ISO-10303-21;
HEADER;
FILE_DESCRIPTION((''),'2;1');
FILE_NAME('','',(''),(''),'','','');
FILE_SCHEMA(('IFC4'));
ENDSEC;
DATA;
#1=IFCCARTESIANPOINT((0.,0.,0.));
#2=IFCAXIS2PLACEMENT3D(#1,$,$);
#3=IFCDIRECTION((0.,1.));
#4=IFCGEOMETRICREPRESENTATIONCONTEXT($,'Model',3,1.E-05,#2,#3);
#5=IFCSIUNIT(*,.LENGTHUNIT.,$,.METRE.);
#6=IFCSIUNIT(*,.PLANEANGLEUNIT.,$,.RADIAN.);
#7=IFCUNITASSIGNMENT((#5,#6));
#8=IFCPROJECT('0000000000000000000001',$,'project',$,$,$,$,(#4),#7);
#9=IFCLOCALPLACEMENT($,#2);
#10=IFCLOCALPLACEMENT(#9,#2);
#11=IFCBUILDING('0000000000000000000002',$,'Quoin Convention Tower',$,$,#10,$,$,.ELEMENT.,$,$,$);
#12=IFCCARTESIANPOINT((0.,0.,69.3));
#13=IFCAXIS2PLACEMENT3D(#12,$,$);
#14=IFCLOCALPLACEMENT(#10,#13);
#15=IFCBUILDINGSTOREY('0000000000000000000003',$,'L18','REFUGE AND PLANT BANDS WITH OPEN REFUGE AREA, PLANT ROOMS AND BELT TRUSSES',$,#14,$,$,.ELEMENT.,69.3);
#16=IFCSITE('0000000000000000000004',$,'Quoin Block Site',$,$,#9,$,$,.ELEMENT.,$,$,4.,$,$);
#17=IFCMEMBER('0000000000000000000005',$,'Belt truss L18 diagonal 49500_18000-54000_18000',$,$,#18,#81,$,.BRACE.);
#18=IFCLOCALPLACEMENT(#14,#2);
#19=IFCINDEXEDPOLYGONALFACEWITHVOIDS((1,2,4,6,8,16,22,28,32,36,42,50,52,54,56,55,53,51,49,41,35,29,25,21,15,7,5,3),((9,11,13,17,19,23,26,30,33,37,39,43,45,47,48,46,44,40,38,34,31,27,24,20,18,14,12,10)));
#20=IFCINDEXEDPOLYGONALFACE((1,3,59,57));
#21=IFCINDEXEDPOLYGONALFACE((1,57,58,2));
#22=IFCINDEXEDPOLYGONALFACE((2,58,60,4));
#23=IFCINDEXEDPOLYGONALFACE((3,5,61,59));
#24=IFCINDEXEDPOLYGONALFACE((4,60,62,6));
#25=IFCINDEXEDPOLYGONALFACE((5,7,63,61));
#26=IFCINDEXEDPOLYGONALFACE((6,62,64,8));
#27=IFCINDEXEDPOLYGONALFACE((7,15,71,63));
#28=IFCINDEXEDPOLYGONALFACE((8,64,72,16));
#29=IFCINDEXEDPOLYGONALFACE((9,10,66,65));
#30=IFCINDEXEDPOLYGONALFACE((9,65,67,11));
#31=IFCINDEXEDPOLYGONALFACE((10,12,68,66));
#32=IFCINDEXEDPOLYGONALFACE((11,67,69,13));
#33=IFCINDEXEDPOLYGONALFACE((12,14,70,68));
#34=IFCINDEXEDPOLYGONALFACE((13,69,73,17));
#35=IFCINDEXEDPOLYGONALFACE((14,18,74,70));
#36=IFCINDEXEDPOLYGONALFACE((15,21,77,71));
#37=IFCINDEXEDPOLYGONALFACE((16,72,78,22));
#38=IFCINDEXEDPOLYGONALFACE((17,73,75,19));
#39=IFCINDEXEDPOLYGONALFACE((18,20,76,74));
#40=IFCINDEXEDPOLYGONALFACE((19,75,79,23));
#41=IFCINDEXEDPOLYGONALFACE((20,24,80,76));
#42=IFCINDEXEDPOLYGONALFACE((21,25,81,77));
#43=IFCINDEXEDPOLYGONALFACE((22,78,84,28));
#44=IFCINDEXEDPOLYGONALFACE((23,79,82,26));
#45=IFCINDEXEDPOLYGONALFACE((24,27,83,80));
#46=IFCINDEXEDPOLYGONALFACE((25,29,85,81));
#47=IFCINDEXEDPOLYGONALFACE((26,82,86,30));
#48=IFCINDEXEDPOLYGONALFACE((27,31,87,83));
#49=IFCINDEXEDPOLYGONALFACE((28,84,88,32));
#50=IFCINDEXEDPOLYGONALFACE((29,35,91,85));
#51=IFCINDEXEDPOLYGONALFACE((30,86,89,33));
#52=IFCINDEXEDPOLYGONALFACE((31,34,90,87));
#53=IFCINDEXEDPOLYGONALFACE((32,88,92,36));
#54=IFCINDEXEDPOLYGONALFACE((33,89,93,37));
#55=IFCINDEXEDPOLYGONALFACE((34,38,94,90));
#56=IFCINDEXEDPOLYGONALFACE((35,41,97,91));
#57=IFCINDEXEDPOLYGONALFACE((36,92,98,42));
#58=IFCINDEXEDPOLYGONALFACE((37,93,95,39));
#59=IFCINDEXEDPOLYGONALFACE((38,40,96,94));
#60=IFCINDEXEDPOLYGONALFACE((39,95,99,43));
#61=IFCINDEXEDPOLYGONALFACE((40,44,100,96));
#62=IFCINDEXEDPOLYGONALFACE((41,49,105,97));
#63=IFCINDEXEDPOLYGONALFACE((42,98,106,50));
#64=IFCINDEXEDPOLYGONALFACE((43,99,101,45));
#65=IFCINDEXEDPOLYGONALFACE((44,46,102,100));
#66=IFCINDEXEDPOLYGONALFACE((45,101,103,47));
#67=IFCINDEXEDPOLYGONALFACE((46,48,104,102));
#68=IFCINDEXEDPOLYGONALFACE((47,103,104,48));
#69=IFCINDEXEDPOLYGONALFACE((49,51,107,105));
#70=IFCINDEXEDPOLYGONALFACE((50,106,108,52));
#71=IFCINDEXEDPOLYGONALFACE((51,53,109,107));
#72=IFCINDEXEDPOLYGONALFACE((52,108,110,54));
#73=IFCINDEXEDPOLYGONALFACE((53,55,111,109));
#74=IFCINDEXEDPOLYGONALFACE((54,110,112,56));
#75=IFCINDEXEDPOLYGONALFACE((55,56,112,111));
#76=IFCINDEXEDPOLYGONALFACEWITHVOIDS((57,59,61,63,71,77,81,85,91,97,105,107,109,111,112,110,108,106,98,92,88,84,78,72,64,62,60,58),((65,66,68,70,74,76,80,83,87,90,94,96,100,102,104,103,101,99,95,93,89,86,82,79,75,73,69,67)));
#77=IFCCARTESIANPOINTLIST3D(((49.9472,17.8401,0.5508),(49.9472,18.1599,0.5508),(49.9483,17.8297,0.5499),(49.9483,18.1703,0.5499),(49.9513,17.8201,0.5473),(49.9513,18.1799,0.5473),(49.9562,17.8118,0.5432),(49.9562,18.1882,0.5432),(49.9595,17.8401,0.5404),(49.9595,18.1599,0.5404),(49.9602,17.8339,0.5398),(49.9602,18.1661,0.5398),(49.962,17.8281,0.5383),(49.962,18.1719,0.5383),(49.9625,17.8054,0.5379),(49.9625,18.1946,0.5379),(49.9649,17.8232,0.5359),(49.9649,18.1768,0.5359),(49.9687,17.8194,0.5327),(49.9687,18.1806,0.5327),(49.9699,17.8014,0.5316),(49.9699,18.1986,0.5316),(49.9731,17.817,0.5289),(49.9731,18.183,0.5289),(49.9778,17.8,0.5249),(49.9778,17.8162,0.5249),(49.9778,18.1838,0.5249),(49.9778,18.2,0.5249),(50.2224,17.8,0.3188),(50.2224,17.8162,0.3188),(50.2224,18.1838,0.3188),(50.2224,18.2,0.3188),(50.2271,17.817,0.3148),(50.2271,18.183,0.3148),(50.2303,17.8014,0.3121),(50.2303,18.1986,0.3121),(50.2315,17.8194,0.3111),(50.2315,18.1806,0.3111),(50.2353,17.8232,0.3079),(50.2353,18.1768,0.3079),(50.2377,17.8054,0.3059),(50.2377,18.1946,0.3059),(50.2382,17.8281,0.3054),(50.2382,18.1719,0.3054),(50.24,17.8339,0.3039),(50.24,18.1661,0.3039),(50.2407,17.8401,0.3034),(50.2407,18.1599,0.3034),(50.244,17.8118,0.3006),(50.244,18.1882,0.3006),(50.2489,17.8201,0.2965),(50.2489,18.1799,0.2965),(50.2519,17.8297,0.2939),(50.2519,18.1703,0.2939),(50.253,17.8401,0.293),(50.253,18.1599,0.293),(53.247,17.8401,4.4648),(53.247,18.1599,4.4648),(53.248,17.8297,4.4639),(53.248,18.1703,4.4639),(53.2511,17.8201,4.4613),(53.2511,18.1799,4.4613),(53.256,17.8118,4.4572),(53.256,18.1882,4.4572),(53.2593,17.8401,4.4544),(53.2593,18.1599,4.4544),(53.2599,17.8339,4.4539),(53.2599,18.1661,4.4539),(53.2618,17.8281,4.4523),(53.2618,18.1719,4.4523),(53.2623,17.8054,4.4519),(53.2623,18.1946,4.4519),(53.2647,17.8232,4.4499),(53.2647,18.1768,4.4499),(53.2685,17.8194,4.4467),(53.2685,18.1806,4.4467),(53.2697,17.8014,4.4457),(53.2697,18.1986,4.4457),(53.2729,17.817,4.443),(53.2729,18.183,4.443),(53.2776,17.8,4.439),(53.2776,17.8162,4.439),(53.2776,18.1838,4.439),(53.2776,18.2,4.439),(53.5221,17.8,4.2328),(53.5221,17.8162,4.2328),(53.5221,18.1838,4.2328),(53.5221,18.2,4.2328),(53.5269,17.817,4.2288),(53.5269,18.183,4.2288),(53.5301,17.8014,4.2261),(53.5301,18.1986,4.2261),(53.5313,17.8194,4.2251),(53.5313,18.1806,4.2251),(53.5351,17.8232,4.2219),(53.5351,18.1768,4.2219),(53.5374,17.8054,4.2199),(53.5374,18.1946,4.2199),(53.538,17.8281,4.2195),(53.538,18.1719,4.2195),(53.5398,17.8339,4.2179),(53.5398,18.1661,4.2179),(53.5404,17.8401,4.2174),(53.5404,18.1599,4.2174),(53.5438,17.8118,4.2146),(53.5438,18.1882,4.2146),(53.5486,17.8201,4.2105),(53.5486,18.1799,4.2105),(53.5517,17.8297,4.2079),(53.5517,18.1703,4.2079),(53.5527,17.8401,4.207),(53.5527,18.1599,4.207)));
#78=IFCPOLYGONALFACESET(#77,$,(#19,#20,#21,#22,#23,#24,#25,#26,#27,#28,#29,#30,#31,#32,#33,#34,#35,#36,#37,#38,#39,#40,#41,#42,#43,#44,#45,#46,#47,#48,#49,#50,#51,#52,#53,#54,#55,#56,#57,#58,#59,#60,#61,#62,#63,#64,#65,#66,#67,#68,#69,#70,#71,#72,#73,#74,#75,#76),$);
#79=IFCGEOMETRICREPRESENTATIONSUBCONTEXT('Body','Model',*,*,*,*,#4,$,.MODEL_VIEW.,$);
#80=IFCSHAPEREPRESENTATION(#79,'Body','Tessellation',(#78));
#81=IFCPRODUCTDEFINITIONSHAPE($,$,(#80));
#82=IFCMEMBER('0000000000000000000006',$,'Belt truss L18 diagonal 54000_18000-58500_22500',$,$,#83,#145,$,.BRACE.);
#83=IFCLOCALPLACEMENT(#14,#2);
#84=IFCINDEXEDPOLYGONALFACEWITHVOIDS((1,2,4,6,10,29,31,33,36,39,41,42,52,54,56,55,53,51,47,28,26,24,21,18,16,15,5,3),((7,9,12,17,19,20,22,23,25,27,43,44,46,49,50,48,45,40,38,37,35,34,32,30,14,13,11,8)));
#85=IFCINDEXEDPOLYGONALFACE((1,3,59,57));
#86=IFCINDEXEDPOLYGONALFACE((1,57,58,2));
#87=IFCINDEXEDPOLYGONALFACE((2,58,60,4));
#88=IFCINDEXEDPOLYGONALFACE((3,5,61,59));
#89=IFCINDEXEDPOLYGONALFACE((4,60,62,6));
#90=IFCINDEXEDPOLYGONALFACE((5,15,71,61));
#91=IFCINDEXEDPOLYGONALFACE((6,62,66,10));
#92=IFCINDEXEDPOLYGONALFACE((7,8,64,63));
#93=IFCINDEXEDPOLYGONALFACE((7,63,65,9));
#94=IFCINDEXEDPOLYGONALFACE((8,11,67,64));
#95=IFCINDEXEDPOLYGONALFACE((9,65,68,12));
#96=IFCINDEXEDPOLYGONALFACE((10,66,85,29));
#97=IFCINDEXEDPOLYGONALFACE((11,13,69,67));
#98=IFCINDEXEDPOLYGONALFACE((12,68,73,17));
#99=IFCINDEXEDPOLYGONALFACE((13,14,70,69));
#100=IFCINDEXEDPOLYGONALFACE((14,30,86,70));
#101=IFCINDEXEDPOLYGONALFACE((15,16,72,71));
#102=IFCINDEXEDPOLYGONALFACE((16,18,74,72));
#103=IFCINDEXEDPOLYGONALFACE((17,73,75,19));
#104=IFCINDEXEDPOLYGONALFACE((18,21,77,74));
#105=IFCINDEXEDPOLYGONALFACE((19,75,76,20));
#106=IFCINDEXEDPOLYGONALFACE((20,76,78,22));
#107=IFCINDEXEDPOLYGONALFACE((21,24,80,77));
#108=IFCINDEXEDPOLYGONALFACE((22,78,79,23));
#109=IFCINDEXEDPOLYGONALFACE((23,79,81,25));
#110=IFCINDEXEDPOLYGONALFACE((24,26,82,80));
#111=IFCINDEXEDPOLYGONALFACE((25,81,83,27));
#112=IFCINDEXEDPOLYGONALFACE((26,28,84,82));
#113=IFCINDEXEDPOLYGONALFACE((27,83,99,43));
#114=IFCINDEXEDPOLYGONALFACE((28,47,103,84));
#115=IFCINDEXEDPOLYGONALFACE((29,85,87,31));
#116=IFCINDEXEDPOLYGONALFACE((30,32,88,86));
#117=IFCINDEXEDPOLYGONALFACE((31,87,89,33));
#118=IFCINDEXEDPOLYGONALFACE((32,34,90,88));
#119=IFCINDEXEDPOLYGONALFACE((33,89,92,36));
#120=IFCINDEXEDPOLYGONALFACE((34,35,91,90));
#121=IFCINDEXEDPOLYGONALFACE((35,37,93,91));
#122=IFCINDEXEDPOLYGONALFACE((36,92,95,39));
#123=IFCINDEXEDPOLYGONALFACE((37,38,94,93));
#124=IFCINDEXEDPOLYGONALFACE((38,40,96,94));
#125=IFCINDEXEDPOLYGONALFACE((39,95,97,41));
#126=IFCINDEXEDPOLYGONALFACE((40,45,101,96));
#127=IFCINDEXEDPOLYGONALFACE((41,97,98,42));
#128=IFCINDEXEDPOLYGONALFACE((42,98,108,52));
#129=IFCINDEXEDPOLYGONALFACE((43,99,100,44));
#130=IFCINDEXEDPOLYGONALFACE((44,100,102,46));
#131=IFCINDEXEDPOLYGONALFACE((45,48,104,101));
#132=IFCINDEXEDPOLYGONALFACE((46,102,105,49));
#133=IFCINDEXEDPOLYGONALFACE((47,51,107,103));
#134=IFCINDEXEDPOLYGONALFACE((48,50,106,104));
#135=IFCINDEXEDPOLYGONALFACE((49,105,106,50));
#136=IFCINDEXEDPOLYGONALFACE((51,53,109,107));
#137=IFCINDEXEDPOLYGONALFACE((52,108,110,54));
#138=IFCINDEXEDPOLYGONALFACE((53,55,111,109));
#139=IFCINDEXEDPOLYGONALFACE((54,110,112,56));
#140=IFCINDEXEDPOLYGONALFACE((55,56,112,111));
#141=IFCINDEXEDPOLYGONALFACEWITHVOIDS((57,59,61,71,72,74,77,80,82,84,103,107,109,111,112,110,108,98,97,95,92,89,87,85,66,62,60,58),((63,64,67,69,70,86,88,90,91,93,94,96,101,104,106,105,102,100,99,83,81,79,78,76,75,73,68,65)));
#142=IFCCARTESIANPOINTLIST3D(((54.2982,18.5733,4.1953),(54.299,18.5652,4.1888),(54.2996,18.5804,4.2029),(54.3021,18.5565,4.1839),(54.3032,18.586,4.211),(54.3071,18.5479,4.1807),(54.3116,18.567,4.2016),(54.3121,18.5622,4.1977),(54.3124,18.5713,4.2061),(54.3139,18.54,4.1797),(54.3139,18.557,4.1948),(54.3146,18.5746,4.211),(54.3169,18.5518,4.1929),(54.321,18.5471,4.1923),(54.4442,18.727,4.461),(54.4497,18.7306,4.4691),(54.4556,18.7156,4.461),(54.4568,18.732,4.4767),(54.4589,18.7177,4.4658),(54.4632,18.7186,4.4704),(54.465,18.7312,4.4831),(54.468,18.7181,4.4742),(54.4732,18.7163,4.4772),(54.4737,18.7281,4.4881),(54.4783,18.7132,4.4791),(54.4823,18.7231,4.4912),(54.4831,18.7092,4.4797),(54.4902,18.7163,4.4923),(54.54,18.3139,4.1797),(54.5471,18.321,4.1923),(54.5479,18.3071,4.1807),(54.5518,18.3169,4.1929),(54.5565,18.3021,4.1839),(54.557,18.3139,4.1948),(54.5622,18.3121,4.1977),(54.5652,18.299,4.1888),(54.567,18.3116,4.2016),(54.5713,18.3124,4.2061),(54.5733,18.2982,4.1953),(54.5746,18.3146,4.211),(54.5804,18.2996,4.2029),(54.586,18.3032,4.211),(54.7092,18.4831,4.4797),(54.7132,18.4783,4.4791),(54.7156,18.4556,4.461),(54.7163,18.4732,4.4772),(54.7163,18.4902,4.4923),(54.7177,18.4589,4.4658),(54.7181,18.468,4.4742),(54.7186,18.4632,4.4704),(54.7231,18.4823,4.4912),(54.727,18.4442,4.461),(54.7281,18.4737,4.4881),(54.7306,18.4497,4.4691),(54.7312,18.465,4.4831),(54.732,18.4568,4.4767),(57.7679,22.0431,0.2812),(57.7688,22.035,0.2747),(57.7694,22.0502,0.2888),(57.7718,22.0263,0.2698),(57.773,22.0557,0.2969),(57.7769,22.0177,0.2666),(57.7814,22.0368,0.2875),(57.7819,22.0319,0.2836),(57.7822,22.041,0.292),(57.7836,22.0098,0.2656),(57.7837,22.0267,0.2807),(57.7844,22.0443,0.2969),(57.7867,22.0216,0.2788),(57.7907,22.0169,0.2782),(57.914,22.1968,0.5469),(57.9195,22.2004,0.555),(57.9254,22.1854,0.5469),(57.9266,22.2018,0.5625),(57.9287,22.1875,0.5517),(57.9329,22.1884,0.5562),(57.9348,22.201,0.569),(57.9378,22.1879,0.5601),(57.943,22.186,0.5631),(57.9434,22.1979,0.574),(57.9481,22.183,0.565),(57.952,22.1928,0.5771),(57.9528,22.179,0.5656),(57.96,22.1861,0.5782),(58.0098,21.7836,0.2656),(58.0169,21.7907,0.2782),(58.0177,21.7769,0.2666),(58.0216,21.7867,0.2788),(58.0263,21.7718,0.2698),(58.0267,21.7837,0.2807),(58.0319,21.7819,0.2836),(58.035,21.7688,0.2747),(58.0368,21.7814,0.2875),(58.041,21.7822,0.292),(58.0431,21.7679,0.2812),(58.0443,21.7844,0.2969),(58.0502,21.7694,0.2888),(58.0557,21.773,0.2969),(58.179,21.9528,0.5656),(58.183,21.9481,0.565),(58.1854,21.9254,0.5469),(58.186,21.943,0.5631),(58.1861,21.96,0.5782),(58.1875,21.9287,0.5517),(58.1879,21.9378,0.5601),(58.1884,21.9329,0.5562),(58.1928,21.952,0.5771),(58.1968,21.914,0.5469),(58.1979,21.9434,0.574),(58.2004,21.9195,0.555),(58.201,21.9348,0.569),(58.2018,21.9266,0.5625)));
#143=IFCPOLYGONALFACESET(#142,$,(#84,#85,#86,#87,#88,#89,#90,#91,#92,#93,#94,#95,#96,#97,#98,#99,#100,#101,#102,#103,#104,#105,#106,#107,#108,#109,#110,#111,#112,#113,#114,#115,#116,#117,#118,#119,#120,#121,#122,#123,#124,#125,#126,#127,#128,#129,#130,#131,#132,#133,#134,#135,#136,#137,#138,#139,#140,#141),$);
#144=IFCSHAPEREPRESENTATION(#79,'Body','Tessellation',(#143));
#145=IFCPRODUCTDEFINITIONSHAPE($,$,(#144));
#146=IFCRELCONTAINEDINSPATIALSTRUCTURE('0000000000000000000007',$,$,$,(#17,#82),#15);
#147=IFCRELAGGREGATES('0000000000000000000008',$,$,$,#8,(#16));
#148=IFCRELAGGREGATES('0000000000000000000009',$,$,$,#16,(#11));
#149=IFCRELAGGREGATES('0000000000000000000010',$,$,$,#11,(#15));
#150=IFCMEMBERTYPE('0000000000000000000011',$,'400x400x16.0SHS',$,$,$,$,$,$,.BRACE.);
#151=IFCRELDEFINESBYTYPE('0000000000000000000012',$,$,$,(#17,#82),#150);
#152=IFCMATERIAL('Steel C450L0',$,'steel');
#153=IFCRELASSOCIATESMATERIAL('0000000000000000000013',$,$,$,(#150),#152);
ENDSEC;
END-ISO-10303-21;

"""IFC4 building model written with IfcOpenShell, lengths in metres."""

from ifc_helpers import new_model, si_unit, direction, frame, origin, origin_2d, place, context, subcontext, project, spatial, hollow_rectangle, extrude, material, material_profile, profile_set, type_object, element, save


model = new_model("IFC4")

# Units and contexts
model_context = context("Model", 3, precision=1e-05, world=origin(), true_north=direction((0.0, 1.0)))
body_context = subcontext(model_context, "Body", "Model", "MODEL_VIEW")
ifc_project = project(units=[si_unit("LENGTHUNIT", "METRE"), si_unit("PLANEANGLEUNIT", "RADIAN")], contexts=[model_context])

# Site, building, storey
site_placement = place(None, origin())
site = spatial("IfcSite", under=ifc_project, at=site_placement, Name="Quoin Block Site", CompositionType="ELEMENT", RefElevation=4.0)
building_placement = place(site_placement, origin())
building = spatial("IfcBuilding", under=site, at=building_placement, Name="Quoin Convention Tower", CompositionType="ELEMENT")
storey_placement = place(building_placement, frame((0.0, 0.0, 69.3)))
storey = spatial("IfcBuildingStorey", under=building, at=storey_placement, Name="L18", Description="REFUGE AND PLANT BANDS WITH OPEN REFUGE AREA, PLANT ROOMS AND BELT TRUSSES", CompositionType="ELEMENT", Elevation=69.3)

# Members
ifc_material_1 = material(Name="Steel C450L0", Category="steel")
ifc_material_profile_1 = material_profile(ifc_material_1, hollow_rectangle(XDim=0.3999, YDim=0.3999, WallThickness=0.0161, InnerFilletRadius=0.0239, OuterFilletRadius=0.04, at=origin_2d()), Name="400x400x16.0SHS")
ifc_profile_set_1 = profile_set([ifc_material_profile_1], Name="Steel C450L0")
member_type_1 = type_object("IfcMemberType", Name="400x400x16.0SHS", PredefinedType="BRACE", material=ifc_profile_set_1)
member_1_placement = place(storey_placement, frame((50.1001, 18.0, 0.4219), z_axis=(0.644564, 0.0, 0.76455), x_axis=(0.0, 1.0, 0.0)))
element("IfcMember", 1, at=member_1_placement, inside=storey, type_object=member_type_1, Name="Belt truss L18 diagonal 49500_18000-54000_18000", PredefinedType="BRACE", context=body_context, shape_type="SweptSolid", body=[
    extrude(hollow_rectangle(XDim=0.3999, YDim=0.3999, WallThickness=0.0161, InnerFilletRadius=0.0239, OuterFilletRadius=0.04, at=origin_2d()), origin(), (0.0, 0.0, 1.0), 5.1194),
])
member_2_placement = place(storey_placement, frame((57.9849, 21.9849, 0.4219), z_axis=(-0.552788, -0.552788, 0.623579), x_axis=(0.707107, -0.707107, 0.0)))
element("IfcMember", 2, at=member_2_placement, inside=storey, type_object=member_type_1, Name="Belt truss L18 diagonal 54000_18000-58500_22500", PredefinedType="BRACE", context=body_context, shape_type="SweptSolid", body=[
    extrude(hollow_rectangle(XDim=0.3999, YDim=0.3999, WallThickness=0.0161, InnerFilletRadius=0.0239, OuterFilletRadius=0.04, at=origin_2d()), origin(), (0.0, 0.0, 1.0), 6.2769),
])

save(model, "model.ifc")
